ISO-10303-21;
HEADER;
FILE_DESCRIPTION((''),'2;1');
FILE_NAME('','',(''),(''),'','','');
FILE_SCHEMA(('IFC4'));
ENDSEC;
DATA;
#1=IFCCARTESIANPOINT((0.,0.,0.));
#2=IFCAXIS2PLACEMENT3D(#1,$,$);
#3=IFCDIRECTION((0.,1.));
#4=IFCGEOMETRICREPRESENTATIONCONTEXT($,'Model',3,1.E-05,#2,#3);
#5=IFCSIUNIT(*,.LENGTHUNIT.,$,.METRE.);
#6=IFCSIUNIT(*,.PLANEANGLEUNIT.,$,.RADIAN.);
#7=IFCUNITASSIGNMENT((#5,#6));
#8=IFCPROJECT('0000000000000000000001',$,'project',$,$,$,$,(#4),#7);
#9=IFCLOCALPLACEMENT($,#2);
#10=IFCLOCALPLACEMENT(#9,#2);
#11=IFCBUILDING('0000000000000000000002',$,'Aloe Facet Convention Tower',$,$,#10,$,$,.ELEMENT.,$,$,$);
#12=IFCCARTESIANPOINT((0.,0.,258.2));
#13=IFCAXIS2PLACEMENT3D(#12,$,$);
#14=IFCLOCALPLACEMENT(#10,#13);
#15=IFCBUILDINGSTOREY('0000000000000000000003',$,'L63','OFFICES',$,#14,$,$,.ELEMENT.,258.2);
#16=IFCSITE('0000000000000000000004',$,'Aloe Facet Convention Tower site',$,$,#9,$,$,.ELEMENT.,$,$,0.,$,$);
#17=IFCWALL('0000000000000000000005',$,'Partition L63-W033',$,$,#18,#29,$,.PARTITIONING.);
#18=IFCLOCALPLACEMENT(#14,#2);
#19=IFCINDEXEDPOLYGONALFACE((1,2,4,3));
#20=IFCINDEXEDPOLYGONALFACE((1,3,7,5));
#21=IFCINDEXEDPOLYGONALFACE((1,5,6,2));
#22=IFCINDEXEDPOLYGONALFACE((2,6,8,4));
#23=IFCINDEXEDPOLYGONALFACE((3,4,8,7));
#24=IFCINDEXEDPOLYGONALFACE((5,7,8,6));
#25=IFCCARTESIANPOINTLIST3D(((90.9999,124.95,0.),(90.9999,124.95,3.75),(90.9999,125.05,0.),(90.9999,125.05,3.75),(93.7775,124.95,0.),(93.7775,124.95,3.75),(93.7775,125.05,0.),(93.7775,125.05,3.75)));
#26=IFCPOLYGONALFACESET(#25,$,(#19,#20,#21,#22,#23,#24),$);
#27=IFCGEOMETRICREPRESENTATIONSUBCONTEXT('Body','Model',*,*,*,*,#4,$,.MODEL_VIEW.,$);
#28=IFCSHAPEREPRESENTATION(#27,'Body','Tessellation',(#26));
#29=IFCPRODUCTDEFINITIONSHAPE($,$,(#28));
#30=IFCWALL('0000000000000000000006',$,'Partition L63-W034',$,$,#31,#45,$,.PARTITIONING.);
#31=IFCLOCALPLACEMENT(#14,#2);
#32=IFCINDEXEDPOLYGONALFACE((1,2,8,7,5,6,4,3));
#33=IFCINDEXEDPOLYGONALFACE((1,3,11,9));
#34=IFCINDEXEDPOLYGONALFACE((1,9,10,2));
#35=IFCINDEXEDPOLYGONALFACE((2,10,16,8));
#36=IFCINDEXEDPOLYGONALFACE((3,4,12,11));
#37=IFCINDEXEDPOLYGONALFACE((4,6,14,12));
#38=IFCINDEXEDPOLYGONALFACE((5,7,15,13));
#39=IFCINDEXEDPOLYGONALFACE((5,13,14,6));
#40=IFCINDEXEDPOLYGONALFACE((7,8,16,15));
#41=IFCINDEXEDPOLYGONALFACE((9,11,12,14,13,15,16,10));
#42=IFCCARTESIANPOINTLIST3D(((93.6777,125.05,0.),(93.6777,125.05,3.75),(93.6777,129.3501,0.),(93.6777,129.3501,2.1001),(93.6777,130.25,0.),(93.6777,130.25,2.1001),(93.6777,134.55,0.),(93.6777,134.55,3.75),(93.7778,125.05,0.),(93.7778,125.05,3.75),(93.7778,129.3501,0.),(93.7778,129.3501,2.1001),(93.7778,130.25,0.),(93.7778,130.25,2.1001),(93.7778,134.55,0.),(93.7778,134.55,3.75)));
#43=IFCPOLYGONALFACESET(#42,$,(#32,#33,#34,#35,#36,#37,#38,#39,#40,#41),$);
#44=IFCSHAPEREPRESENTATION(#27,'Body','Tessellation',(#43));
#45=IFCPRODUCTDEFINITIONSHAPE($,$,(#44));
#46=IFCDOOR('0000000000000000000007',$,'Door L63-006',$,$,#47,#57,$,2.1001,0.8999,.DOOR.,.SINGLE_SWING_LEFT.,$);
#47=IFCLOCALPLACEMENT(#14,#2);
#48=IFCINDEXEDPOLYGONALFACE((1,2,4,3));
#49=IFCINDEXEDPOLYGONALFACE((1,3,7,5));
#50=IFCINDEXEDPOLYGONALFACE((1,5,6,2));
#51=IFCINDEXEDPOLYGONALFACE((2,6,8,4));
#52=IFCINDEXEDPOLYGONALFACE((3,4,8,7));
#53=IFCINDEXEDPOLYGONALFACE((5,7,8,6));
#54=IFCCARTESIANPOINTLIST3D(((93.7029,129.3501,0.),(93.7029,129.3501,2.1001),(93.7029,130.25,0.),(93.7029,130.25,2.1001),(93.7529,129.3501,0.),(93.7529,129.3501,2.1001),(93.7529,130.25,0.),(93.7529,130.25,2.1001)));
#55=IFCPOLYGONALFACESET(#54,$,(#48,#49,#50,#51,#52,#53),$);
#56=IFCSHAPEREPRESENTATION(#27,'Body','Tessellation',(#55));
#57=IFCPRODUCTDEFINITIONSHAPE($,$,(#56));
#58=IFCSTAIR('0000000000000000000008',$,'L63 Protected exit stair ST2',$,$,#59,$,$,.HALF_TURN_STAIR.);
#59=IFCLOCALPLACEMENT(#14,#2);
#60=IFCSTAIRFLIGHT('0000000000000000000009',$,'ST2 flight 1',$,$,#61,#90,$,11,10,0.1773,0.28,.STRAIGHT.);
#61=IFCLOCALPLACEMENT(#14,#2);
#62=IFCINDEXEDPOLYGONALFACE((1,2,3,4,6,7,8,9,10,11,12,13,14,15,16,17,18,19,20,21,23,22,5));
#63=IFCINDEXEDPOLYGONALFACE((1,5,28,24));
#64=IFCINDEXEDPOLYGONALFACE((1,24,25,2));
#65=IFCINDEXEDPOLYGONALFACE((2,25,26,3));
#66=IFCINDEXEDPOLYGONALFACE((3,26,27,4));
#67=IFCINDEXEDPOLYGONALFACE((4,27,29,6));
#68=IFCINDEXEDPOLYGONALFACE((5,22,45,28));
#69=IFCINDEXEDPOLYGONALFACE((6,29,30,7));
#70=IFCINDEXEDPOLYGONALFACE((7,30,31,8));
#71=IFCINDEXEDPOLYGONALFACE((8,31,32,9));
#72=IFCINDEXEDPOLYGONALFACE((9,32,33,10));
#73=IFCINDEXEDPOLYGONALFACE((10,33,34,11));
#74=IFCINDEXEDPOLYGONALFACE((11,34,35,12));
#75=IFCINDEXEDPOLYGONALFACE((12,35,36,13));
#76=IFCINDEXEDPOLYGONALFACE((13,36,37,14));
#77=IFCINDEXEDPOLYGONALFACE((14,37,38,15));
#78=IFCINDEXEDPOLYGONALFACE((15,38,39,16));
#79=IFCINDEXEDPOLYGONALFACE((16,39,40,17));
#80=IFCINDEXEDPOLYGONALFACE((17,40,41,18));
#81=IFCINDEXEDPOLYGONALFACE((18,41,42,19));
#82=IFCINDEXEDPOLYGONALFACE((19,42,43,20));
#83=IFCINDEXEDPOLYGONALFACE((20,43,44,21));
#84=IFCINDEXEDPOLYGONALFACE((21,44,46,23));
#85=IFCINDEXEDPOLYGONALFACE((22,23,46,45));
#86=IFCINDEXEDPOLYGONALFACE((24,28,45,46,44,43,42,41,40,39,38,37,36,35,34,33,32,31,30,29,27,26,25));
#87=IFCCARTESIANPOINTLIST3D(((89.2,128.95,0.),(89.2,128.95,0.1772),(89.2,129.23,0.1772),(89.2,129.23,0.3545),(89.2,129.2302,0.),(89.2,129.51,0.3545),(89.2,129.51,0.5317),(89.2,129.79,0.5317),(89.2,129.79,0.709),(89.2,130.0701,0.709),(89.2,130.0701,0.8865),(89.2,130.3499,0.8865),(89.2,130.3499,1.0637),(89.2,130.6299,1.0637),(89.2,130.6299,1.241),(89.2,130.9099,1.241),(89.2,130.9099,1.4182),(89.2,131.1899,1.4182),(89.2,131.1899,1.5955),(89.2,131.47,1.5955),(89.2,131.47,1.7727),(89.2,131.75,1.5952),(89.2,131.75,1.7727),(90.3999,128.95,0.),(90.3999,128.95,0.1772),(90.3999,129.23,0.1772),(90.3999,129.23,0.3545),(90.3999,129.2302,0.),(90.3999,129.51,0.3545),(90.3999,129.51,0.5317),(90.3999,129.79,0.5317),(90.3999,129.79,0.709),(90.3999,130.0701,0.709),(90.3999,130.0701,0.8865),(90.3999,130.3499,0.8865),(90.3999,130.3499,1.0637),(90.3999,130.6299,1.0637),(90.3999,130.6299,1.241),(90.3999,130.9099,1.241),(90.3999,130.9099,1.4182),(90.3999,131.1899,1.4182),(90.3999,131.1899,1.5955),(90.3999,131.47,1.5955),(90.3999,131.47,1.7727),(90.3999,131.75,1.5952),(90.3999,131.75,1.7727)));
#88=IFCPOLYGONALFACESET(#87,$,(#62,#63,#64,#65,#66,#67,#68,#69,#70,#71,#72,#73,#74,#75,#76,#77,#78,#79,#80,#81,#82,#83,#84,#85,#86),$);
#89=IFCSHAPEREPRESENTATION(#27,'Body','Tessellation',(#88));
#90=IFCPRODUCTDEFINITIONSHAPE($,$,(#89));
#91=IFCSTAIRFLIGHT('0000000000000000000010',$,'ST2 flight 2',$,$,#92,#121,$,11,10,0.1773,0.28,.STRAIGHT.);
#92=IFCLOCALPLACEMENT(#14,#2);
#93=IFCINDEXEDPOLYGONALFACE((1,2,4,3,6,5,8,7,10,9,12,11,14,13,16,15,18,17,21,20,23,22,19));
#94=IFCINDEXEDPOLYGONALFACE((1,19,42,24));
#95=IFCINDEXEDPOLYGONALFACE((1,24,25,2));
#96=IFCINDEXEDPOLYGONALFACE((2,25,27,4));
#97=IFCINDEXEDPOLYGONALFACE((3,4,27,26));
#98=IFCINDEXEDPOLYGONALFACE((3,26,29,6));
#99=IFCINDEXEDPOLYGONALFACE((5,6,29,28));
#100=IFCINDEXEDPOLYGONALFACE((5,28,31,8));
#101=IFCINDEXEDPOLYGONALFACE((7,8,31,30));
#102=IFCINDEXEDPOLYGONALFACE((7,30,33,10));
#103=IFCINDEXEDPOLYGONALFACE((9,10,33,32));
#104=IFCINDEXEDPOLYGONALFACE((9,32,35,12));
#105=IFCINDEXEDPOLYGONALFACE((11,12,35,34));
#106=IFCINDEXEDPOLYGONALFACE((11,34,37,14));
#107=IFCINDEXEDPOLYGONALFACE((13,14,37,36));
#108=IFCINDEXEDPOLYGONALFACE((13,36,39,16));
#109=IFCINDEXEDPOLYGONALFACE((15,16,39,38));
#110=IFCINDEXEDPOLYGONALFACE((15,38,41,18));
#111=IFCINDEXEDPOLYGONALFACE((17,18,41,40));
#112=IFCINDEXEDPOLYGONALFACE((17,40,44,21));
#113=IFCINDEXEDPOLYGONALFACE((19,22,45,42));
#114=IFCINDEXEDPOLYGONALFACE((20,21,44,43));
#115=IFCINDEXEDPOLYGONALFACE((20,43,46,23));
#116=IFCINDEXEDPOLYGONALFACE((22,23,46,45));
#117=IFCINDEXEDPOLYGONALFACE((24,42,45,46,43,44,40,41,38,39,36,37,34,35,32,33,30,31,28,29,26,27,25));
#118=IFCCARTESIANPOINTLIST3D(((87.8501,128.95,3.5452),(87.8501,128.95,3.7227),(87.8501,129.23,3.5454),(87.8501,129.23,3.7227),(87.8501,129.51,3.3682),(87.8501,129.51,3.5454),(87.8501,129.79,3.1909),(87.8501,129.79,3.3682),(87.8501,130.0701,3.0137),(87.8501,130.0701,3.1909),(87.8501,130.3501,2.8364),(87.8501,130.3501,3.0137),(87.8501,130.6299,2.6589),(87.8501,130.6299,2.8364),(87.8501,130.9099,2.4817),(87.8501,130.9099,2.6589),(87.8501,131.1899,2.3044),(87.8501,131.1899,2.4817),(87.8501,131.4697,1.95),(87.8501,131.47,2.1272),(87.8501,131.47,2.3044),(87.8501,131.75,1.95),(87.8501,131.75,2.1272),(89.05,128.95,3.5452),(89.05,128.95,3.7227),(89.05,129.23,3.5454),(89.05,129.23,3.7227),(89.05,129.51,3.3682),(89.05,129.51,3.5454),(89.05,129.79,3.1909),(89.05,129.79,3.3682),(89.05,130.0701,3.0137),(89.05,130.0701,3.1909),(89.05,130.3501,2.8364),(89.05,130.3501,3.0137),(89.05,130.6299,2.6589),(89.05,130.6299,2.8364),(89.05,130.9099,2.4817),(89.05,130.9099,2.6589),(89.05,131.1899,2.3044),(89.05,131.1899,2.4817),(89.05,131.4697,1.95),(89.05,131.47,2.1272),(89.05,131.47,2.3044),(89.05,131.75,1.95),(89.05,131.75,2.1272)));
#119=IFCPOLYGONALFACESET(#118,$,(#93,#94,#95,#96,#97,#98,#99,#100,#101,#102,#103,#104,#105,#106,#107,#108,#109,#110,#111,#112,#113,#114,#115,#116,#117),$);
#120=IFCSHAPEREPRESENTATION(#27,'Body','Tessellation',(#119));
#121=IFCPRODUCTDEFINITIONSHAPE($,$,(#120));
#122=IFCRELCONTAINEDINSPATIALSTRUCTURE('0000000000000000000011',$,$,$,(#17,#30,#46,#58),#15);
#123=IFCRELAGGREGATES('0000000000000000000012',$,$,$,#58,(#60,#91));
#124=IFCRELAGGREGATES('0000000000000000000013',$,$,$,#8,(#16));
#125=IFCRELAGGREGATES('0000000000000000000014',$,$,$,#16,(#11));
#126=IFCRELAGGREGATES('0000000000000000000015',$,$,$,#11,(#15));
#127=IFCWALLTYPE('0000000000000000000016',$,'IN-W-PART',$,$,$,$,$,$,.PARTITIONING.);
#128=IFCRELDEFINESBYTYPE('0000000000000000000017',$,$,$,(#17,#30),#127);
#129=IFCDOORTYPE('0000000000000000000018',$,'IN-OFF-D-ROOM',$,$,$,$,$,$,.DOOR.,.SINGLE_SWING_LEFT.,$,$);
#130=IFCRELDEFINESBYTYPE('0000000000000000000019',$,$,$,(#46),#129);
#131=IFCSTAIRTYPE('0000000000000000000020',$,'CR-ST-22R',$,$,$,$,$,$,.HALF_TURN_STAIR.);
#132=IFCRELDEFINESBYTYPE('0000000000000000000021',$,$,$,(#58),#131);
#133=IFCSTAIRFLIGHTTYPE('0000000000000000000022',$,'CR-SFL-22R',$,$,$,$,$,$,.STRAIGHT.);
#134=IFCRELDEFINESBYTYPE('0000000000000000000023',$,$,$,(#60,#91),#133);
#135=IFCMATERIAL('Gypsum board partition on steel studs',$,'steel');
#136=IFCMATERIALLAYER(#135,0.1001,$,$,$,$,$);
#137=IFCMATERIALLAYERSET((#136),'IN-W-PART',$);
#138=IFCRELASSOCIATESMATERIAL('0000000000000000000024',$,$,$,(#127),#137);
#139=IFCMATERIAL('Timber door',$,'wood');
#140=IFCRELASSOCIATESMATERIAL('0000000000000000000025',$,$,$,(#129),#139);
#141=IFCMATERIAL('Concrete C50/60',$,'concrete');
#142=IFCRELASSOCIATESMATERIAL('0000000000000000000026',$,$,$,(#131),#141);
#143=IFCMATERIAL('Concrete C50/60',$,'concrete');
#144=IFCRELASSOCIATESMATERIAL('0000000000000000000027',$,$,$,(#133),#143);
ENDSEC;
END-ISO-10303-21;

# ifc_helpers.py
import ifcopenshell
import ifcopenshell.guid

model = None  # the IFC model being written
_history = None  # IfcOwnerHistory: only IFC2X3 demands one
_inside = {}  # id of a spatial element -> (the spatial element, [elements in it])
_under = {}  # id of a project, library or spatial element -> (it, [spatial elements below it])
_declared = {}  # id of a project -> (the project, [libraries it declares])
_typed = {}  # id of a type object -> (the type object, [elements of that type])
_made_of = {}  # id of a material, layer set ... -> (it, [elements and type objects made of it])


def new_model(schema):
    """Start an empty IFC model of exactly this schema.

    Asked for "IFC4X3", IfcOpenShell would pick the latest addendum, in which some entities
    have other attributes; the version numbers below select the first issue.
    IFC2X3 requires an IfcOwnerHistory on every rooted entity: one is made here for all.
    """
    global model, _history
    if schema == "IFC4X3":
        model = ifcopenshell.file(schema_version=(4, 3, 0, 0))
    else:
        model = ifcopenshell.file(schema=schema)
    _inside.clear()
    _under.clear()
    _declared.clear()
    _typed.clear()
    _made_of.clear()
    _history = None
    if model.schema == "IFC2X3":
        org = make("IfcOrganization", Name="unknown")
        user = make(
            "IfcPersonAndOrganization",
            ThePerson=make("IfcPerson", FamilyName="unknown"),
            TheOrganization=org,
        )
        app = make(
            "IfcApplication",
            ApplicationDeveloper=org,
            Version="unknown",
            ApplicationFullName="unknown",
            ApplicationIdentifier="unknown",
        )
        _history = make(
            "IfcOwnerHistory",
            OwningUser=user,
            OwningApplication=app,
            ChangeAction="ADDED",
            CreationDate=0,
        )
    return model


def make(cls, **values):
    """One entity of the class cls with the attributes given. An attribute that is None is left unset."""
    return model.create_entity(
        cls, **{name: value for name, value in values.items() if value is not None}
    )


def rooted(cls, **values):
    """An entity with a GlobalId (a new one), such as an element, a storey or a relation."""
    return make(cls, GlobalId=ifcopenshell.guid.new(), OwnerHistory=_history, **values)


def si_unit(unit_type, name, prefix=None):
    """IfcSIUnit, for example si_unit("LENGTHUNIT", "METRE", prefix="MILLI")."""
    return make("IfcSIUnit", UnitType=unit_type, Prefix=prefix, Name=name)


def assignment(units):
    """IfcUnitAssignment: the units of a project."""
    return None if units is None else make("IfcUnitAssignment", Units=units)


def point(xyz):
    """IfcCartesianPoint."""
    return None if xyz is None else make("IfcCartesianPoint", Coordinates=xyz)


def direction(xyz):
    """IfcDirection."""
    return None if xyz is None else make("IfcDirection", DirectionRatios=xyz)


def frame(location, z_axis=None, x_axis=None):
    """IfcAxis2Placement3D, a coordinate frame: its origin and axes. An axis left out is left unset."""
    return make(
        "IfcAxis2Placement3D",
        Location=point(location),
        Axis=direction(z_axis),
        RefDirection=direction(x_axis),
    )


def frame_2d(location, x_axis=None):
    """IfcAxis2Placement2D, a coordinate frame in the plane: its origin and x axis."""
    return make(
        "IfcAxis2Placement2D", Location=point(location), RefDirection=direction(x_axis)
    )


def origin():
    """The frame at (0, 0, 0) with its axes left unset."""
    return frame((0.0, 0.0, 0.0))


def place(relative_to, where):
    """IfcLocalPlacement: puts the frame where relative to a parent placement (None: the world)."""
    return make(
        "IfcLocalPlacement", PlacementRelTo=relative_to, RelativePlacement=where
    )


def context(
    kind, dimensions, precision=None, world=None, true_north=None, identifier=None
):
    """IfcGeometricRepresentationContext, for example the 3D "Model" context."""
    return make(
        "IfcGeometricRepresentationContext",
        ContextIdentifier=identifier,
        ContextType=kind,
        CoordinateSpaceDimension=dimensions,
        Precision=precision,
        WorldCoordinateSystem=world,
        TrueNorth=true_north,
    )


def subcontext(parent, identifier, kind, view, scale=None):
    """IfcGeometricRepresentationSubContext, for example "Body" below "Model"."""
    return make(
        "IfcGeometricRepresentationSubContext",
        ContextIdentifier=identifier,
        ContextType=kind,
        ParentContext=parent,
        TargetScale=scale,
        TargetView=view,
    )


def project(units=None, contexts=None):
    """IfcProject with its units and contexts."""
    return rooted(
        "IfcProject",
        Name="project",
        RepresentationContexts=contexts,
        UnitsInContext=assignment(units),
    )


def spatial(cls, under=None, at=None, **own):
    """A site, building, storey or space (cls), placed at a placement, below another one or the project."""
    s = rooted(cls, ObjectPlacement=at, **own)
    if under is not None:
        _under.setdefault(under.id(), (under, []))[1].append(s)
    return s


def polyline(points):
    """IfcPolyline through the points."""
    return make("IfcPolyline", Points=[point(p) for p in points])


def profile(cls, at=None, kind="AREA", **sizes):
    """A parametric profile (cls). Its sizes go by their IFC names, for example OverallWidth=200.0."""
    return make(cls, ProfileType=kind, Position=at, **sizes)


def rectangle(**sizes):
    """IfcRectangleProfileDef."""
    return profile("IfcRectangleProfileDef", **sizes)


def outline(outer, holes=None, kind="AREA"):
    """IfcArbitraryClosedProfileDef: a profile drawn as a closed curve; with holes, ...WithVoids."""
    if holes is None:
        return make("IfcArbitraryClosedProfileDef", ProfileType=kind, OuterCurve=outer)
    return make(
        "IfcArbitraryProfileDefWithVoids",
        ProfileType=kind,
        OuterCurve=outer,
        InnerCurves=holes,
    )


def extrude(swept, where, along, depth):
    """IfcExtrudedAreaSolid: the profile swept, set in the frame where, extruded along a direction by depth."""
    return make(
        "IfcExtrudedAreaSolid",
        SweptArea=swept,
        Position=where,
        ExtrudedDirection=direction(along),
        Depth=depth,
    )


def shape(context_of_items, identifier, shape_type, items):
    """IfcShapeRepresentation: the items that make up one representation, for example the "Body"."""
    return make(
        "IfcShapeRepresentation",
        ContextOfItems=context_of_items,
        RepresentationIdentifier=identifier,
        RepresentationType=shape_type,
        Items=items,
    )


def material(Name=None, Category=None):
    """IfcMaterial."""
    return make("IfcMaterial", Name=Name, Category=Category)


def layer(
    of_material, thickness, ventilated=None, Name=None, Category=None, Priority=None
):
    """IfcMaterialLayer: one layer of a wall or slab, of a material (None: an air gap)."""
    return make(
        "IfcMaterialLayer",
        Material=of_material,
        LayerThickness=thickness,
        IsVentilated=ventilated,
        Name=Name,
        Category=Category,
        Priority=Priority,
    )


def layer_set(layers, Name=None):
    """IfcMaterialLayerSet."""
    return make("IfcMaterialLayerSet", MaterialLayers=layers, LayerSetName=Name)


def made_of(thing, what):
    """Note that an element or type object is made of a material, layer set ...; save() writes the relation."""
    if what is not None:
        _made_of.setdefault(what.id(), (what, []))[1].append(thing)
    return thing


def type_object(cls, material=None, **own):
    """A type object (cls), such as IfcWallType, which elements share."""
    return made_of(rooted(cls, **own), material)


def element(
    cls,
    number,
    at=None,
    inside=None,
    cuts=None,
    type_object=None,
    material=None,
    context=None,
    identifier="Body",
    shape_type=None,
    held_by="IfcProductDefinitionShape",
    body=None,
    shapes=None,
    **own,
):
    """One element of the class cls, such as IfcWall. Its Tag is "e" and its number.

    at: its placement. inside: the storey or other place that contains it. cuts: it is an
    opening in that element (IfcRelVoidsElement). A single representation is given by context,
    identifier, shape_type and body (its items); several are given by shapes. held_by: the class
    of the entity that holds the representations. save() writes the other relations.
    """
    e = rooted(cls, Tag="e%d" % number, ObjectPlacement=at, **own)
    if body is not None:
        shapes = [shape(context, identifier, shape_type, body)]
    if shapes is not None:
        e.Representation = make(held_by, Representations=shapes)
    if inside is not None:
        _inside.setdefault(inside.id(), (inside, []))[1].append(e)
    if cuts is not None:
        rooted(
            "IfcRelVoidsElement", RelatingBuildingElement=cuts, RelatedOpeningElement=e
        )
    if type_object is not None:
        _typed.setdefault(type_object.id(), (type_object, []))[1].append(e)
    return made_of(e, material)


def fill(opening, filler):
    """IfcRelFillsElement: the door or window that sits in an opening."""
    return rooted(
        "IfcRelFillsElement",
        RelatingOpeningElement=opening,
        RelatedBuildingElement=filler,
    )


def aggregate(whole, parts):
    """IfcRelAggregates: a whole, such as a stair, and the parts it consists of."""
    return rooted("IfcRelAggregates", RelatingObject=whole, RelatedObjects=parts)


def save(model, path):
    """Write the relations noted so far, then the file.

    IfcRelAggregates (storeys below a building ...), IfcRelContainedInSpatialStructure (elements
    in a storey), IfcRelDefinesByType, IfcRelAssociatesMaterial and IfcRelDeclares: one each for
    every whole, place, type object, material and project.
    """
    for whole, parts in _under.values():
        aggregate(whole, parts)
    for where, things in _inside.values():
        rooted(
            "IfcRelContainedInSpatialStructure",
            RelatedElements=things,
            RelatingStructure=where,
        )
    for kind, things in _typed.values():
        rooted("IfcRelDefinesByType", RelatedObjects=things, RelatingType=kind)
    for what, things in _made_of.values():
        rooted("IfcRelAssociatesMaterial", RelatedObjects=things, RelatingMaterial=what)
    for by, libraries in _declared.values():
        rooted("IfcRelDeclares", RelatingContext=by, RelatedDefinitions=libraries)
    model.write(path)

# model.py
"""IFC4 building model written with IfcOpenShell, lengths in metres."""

from ifc_helpers import new_model, si_unit, direction, frame, frame_2d, origin, place, context, subcontext, project, spatial, polyline, rectangle, outline, extrude, material, layer, layer_set, type_object, element, fill, aggregate, save


model = new_model("IFC4")

# Units and contexts
model_context = context("Model", 3, precision=1e-05, world=origin(), true_north=direction((0.0, 1.0)))
body_context = subcontext(model_context, "Body", "Model", "MODEL_VIEW")
ifc_project = project(units=[si_unit("LENGTHUNIT", "METRE"), si_unit("PLANEANGLEUNIT", "RADIAN")], contexts=[model_context])

# Site, building, storey
site_placement = place(None, origin())
site = spatial("IfcSite", under=ifc_project, at=site_placement, Name="Aloe Facet Convention Tower site", CompositionType="ELEMENT", RefElevation=0.0)
building_placement = place(site_placement, origin())
building = spatial("IfcBuilding", under=site, at=building_placement, Name="Aloe Facet Convention Tower", CompositionType="ELEMENT")
storey_placement = place(building_placement, frame((0.0, 0.0, 258.2)))
storey = spatial("IfcBuildingStorey", under=building, at=storey_placement, Name="L63", Description="OFFICES", CompositionType="ELEMENT", Elevation=258.2)

# Wall
ifc_material_1 = material(Name="Gypsum board partition on steel studs", Category="steel")
ifc_layer_1 = layer(ifc_material_1, 0.1001)
ifc_layer_set_1 = layer_set([ifc_layer_1], Name="IN-W-PART")
wall_type_1 = type_object("IfcWallType", Name="IN-W-PART", PredefinedType="PARTITIONING", material=ifc_layer_set_1)
wall_1_placement = place(storey_placement, frame((91.0, 125.0, 0.0), z_axis=(0.0, 0.0, 1.0), x_axis=(1.0, 0.0, 0.0)))
element("IfcWall", 1, at=wall_1_placement, inside=storey, type_object=wall_type_1, Name="Partition L63-W033", PredefinedType="PARTITIONING", context=body_context, shape_type="SweptSolid", body=[
    extrude(rectangle(XDim=2.7776, YDim=0.1001, at=frame_2d((1.3887, 0.0))), origin(), (0.0, 0.0, 1.0), 3.75),
])

# Wall, opening, door
wall_2_placement = place(storey_placement, frame((93.7278, 125.05, 0.0), z_axis=(0.0, 0.0, 1.0), x_axis=(0.0, 1.0, 0.0)))
wall_2 = element("IfcWall", 2, at=wall_2_placement, inside=storey, type_object=wall_type_1, Name="Partition L63-W034", PredefinedType="PARTITIONING", context=body_context, shape_type="SweptSolid", body=[
    extrude(rectangle(XDim=9.5, YDim=0.1001, at=frame_2d((4.75, 0.0))), origin(), (0.0, 0.0, 1.0), 3.75),
])
opening_1_placement = place(wall_2_placement, frame((4.3, 0.0, 0.0)))
opening_1 = element("IfcOpeningElement", 3, at=opening_1_placement, cuts=wall_2, PredefinedType="OPENING", context=body_context, shape_type="SweptSolid", body=[
    extrude(rectangle(XDim=0.8999, YDim=2.1001, at=frame_2d((0.45, 1.05))), frame((0.0, 0.0601, 0.0), z_axis=(0.0, -1.0, 0.0), x_axis=(1.0, 0.0, 0.0)), (0.0, 0.0, 1.0), 0.1201),
])
ifc_material_2 = material(Name="Timber door", Category="wood")
door_type = type_object("IfcDoorType", Name="IN-OFF-D-ROOM", OperationType="SINGLE_SWING_LEFT", PredefinedType="DOOR", material=ifc_material_2)
door_placement = place(opening_1_placement, origin())
door = element("IfcDoor", 4, at=door_placement, inside=storey, type_object=door_type, Name="Door L63-006", OperationType="SINGLE_SWING_LEFT", OverallHeight=2.1001, OverallWidth=0.8999, PredefinedType="DOOR", context=body_context, shape_type="SweptSolid", body=[
    extrude(rectangle(XDim=0.8999, YDim=2.1001, at=frame_2d((0.45, 1.05))), frame((0.0, 0.0249, 0.0), z_axis=(0.0, -1.0, 0.0), x_axis=(1.0, 0.0, 0.0)), (0.0, 0.0, 1.0), 0.05),
])
fill(opening_1, door)

# Stair, stair flights
ifc_material_3 = material(Name="Concrete C50/60", Category="concrete")
stair_type = type_object("IfcStairType", Name="CR-ST-22R", PredefinedType="HALF_TURN_STAIR", material=ifc_material_3)
stair_placement = place(storey_placement, origin())
stair = element("IfcStair", 5, at=stair_placement, inside=storey, type_object=stair_type, Name="L63 Protected exit stair ST2", PredefinedType="HALF_TURN_STAIR")
ifc_material_4 = material(Name="Concrete C50/60", Category="concrete")
stair_flight_type = type_object("IfcStairFlightType", Name="CR-SFL-22R", PredefinedType="STRAIGHT", material=ifc_material_4)
stair_flight_1_placement = place(storey_placement, frame((89.8, 128.95, 0.0), z_axis=(0.0, 0.0, 1.0), x_axis=(0.0, 1.0, 0.0)))
stair_flight_1 = element("IfcStairFlight", 6, at=stair_flight_1_placement, type_object=stair_flight_type, Name="ST2 flight 1", NumberOfRisers=11, NumberOfTreads=10, PredefinedType="STRAIGHT", RiserHeight=0.1773, TreadLength=0.28, context=body_context, shape_type="SweptSolid", body=[
    extrude(outline(polyline([(0.0, 0.0), (0.0, 0.1772), (0.28, 0.1772), (0.28, 0.3545), (0.5601, 0.3545), (0.5601, 0.5317), (0.8401, 0.5317), (0.8401, 0.709), (1.1201, 0.709), (1.1201, 0.8865), (1.3999, 0.8865), (1.3999, 1.0637), (1.6799, 1.0637), (1.6799, 1.241), (1.96, 1.241), (1.96, 1.4182), (2.24, 1.4182), (2.24, 1.5955), (2.52, 1.5955), (2.52, 1.7727), (2.8, 1.7727), (2.8, 1.95), (2.8, 1.5952), (0.2803, 0.0), (0.0, 0.0)])), frame((0.0, 0.6001, 0.0), z_axis=(0.0, -1.0, 0.0), x_axis=(1.0, 0.0, 0.0)), (0.0, 0.0, 1.0), 1.2),
])
stair_flight_2_placement = place(storey_placement, frame((88.45, 131.75, 1.95), z_axis=(0.0, 0.0, 1.0), x_axis=(0.0, -1.0, 0.0)))
stair_flight_2 = element("IfcStairFlight", 7, at=stair_flight_2_placement, type_object=stair_flight_type, Name="ST2 flight 2", NumberOfRisers=11, NumberOfTreads=10, PredefinedType="STRAIGHT", RiserHeight=0.1773, TreadLength=0.28, context=body_context, shape_type="SweptSolid", body=[
    extrude(outline(polyline([(0.0, 0.0), (0.0, 0.1772), (0.28, 0.1772), (0.28, 0.3545), (0.5601, 0.3545), (0.5601, 0.5317), (0.8401, 0.5317), (0.8401, 0.709), (1.1201, 0.709), (1.1201, 0.8865), (1.3999, 0.8865), (1.3999, 1.0637), (1.6799, 1.0637), (1.6799, 1.241), (1.96, 1.241), (1.96, 1.4182), (2.24, 1.4182), (2.24, 1.5955), (2.52, 1.5955), (2.52, 1.7727), (2.8, 1.7727), (2.8, 1.95), (2.8, 1.5952), (0.2803, 0.0), (0.0, 0.0)])), frame((0.0, 0.6001, 0.0), z_axis=(0.0, -1.0, 0.0), x_axis=(1.0, 0.0, 0.0)), (0.0, 0.0, 1.0), 1.2),
])
aggregate(stair, [stair_flight_1, stair_flight_2])

save(model, "model.ifc")
